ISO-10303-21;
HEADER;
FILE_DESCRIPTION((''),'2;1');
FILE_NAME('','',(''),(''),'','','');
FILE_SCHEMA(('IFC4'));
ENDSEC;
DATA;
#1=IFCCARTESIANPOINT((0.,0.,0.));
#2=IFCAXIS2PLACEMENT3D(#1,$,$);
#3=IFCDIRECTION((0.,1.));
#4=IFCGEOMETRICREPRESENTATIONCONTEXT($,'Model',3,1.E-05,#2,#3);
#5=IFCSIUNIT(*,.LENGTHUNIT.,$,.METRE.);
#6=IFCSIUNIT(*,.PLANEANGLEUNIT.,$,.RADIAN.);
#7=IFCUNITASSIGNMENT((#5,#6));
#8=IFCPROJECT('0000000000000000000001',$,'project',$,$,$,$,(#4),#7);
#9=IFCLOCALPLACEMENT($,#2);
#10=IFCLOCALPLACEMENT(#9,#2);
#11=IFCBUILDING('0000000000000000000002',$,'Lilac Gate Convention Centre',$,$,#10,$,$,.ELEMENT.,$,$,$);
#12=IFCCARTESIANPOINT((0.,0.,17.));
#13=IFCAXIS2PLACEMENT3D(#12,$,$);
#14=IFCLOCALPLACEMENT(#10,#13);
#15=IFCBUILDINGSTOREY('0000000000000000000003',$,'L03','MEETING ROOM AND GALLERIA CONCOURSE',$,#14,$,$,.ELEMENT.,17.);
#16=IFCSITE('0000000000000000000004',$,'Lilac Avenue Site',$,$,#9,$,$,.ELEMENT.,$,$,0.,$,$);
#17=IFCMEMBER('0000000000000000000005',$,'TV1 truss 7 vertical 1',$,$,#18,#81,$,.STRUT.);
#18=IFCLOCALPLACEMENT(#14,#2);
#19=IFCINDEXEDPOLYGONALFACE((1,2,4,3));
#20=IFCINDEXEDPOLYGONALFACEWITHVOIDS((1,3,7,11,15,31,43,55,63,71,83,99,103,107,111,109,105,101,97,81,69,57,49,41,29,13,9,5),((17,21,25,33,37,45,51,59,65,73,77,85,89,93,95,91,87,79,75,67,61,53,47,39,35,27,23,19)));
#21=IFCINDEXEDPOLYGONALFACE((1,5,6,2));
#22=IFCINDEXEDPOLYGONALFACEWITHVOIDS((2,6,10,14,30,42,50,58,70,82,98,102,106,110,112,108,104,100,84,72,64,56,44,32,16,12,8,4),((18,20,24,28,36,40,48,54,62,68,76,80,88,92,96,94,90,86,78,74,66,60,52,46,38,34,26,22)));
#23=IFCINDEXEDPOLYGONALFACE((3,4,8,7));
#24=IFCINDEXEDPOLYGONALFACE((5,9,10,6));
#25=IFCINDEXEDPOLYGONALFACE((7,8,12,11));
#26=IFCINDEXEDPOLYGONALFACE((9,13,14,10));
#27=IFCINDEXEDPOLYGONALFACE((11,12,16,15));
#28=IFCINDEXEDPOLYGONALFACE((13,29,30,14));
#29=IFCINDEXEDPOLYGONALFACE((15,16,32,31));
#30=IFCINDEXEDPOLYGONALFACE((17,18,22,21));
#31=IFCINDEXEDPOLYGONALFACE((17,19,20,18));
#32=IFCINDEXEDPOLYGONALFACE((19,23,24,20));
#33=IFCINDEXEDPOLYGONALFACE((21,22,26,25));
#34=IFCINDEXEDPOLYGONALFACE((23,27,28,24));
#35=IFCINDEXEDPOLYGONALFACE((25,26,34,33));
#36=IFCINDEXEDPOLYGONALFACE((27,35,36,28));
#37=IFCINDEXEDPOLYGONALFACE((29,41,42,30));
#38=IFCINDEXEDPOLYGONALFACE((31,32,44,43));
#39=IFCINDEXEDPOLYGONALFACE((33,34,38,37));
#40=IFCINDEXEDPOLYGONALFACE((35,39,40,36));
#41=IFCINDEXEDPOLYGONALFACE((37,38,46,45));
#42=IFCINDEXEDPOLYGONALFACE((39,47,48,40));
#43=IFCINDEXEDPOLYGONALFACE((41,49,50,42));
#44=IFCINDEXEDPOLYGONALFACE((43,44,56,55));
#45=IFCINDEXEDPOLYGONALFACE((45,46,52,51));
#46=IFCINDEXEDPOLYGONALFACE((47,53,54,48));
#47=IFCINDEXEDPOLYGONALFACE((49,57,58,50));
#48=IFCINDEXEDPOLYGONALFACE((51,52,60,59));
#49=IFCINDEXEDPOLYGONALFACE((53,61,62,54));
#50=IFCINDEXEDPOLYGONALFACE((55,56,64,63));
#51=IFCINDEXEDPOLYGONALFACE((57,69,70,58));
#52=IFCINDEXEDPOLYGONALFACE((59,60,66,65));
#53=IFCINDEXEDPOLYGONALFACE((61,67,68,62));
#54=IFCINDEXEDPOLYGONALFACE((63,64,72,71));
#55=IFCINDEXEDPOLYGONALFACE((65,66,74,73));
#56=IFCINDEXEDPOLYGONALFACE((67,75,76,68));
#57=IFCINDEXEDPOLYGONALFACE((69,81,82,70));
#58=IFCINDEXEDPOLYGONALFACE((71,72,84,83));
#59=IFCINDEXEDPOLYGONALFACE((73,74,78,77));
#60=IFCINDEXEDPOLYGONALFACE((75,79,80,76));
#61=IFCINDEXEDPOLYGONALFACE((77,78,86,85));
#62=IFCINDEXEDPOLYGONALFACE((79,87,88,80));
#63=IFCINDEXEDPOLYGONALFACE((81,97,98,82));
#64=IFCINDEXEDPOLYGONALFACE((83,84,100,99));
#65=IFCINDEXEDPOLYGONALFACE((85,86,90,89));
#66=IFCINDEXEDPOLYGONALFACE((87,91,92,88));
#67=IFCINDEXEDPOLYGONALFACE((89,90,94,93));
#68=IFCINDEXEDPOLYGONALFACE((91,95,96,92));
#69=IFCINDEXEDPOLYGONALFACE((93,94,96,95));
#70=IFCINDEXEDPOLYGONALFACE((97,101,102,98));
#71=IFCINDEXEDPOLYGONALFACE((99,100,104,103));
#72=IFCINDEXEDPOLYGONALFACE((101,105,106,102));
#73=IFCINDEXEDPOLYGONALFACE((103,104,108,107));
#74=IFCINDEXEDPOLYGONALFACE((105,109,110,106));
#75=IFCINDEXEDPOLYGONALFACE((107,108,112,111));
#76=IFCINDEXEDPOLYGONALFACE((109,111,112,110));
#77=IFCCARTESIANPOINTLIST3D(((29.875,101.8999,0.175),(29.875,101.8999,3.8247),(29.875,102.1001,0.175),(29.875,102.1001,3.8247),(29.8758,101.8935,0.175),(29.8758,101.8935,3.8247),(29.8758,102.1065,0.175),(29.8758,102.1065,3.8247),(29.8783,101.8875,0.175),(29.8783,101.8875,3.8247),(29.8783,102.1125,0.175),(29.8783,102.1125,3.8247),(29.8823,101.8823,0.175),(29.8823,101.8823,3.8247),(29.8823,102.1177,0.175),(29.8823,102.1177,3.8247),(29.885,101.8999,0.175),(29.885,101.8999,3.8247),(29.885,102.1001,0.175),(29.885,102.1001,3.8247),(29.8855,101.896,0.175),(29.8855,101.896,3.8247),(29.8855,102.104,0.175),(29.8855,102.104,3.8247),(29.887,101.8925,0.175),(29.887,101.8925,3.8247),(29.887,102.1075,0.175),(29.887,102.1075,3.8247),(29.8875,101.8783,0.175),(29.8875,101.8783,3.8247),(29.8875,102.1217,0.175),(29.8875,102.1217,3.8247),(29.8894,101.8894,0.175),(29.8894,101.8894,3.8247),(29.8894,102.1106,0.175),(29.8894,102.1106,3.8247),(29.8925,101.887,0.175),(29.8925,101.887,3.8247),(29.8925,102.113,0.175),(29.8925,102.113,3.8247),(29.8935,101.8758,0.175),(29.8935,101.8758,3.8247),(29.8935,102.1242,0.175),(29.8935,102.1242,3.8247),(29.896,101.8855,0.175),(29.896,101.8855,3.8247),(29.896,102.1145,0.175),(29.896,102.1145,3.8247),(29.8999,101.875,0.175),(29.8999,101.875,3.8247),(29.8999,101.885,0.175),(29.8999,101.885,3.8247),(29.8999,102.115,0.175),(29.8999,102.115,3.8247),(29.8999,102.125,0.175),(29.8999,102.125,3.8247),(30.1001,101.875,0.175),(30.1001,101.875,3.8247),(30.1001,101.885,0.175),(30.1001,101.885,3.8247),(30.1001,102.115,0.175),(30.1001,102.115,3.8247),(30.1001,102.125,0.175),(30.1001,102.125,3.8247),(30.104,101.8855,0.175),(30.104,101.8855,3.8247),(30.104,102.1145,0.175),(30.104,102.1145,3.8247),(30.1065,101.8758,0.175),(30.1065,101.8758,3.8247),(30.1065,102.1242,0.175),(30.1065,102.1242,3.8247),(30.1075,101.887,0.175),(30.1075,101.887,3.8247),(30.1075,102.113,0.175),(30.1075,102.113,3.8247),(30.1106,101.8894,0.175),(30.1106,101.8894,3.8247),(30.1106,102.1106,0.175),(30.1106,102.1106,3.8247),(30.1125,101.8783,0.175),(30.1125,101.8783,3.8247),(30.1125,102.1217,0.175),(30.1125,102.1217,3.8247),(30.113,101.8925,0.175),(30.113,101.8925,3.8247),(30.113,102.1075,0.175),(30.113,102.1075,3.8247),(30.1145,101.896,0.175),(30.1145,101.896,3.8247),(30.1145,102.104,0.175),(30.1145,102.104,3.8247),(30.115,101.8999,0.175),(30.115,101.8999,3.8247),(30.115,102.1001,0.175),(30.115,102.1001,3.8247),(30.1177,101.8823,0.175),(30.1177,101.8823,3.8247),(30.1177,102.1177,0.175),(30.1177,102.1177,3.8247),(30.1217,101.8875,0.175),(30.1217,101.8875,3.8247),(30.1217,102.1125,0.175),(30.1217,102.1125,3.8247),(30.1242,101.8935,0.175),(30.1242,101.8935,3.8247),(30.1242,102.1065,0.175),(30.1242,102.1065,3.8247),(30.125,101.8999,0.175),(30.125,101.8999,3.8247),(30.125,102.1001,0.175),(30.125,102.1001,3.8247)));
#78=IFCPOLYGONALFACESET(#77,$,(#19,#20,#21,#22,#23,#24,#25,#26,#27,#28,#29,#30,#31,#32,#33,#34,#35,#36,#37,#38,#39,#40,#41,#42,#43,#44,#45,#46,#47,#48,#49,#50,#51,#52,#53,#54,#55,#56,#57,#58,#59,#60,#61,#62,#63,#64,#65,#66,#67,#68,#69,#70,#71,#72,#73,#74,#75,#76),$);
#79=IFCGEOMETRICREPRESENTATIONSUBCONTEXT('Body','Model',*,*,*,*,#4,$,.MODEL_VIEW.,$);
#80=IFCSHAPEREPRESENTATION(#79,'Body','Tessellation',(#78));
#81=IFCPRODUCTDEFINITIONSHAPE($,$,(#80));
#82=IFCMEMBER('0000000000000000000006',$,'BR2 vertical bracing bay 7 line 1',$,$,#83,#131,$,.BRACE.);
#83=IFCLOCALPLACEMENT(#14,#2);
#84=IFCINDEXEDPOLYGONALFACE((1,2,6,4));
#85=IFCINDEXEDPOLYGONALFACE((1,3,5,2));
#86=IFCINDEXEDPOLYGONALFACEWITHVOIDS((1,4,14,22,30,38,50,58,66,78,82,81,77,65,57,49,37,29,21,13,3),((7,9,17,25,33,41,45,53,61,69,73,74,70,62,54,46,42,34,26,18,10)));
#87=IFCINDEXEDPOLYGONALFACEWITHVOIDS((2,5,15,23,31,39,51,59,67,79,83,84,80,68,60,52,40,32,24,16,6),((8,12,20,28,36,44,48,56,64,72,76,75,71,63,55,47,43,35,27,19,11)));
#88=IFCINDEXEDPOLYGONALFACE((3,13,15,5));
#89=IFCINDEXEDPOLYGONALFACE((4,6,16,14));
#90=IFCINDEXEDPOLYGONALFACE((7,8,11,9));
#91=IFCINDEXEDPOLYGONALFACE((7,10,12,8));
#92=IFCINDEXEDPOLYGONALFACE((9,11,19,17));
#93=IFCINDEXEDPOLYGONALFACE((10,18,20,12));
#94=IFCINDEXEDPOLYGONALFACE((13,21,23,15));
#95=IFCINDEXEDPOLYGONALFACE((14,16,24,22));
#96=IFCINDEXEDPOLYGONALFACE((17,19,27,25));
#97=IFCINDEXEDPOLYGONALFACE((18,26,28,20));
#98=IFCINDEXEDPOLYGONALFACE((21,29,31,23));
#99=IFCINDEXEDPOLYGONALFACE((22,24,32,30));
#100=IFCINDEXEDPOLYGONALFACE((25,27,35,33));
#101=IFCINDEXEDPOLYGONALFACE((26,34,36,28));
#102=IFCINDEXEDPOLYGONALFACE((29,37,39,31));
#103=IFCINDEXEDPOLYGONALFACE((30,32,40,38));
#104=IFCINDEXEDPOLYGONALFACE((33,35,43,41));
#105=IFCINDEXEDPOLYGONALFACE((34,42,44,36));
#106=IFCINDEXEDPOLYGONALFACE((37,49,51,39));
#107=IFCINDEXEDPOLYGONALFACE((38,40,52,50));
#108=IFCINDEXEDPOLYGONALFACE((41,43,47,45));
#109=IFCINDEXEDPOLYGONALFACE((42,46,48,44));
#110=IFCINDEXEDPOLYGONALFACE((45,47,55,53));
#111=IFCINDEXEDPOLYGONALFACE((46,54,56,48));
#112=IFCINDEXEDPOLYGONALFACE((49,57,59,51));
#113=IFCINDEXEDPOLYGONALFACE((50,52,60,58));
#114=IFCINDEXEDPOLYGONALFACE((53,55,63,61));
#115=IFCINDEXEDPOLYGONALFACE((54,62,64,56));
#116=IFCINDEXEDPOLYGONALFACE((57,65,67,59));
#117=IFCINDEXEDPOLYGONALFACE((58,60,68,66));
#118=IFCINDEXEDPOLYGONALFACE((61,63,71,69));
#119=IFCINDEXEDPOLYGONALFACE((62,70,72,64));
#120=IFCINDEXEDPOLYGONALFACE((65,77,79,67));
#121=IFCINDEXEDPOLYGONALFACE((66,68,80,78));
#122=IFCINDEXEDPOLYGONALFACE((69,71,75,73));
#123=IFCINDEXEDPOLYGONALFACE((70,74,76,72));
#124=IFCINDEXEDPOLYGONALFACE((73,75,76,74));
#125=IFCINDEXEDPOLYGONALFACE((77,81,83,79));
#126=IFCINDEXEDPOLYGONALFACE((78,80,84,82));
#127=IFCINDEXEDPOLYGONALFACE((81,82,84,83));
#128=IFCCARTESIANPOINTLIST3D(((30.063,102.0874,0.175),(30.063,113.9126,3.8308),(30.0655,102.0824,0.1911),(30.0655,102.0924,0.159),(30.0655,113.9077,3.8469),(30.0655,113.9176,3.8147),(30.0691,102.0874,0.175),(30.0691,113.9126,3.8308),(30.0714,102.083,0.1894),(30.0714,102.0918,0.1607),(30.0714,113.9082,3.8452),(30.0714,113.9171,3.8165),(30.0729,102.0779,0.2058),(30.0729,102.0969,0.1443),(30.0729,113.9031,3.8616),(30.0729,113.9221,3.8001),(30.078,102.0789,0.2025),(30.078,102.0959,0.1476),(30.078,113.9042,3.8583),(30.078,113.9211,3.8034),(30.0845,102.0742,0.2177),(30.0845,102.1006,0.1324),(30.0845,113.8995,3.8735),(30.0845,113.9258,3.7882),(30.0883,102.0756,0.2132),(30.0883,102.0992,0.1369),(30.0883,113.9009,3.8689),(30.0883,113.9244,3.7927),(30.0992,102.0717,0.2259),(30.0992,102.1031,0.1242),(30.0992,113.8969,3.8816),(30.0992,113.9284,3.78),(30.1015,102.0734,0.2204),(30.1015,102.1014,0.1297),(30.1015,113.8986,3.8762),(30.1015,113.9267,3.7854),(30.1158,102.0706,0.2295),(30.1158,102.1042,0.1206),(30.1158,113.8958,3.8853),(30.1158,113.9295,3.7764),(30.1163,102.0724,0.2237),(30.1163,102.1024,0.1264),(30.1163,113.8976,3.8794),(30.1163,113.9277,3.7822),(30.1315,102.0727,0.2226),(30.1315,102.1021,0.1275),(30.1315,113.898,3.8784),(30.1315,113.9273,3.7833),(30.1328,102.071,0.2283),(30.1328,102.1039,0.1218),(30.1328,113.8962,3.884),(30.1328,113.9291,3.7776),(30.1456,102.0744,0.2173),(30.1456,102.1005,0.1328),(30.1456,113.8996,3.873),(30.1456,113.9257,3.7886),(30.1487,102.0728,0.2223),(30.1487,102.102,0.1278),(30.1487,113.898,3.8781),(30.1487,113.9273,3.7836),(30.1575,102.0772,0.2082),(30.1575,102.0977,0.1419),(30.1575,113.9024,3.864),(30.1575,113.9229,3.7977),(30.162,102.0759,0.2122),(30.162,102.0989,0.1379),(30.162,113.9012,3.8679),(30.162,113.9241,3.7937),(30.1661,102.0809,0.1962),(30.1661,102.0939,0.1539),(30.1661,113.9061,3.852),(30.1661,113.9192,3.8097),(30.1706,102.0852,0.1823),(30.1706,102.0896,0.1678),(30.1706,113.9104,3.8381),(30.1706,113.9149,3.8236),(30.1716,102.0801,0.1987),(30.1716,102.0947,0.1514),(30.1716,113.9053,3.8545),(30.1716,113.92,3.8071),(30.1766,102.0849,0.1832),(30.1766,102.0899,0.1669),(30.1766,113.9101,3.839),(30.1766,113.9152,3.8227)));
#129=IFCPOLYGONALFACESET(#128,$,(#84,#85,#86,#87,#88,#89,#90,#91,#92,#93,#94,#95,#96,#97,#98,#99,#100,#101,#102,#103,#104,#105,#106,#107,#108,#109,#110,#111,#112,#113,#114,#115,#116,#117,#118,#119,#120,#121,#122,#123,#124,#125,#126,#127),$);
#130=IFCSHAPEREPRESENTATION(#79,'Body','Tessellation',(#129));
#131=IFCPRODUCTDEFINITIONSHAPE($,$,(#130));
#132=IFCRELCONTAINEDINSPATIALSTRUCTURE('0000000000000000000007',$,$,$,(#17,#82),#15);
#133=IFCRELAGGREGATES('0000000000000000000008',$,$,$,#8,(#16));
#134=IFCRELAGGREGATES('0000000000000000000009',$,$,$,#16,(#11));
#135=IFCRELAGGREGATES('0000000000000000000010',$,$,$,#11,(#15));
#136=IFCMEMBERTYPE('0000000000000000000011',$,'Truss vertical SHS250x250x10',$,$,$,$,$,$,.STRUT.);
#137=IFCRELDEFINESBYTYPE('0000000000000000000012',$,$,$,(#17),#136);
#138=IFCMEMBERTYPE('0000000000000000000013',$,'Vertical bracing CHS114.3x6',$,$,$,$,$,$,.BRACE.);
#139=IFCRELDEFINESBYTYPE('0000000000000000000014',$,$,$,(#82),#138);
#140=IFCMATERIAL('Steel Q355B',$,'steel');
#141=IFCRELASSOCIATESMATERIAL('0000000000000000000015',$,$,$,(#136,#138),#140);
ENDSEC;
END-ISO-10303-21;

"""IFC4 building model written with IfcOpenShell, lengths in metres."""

from ifc_helpers import new_model, si_unit, direction, frame, origin, origin_2d, place, context, subcontext, project, spatial, hollow_rectangle, hollow_circle, extrude, material, material_profile, profile_set, type_object, element, save


model = new_model("IFC4")

# Units and contexts
model_context = context("Model", 3, precision=1e-05, world=origin(), true_north=direction((0.0, 1.0)))
body_context = subcontext(model_context, "Body", "Model", "MODEL_VIEW")
ifc_project = project(units=[si_unit("LENGTHUNIT", "METRE"), si_unit("PLANEANGLEUNIT", "RADIAN")], contexts=[model_context])

# Site, building, storey
site_placement = place(None, origin())
site = spatial("IfcSite", under=ifc_project, at=site_placement, Name="Lilac Avenue Site", CompositionType="ELEMENT", RefElevation=0.0)
building_placement = place(site_placement, origin())
building = spatial("IfcBuilding", under=site, at=building_placement, Name="Lilac Gate Convention Centre", CompositionType="ELEMENT")
storey_placement = place(building_placement, frame((0.0, 0.0, 17.0)))
storey = spatial("IfcBuildingStorey", under=building, at=storey_placement, Name="L03", Description="MEETING ROOM AND GALLERIA CONCOURSE", CompositionType="ELEMENT", Elevation=17.0)

# Members
ifc_material = material(Name="Steel Q355B", Category="steel")
ifc_material_profile_1 = material_profile(ifc_material, hollow_rectangle(XDim=0.25, YDim=0.25, WallThickness=0.01, InnerFilletRadius=0.0149, OuterFilletRadius=0.0249, at=origin_2d()), Name="SHS250x250x10")
ifc_profile_set_1 = profile_set([ifc_material_profile_1], Name="Steel Q355B")
member_type_1 = type_object("IfcMemberType", Name="Truss vertical SHS250x250x10", PredefinedType="STRUT", material=ifc_profile_set_1)
member_1_placement = place(storey_placement, frame((30.0, 102.0, 0.175), z_axis=(0.0, 0.0, 1.0), x_axis=(1.0, 0.0, 0.0)))
element("IfcMember", 1, at=member_1_placement, inside=storey, type_object=member_type_1, Name="TV1 truss 7 vertical 1", PredefinedType="STRUT", context=body_context, shape_type="SweptSolid", body=[
    extrude(hollow_rectangle(XDim=0.25, YDim=0.25, WallThickness=0.01, InnerFilletRadius=0.0149, OuterFilletRadius=0.0249, at=origin_2d()), origin(), (0.0, 0.0, 1.0), 3.6497),
])
ifc_material_profile_2 = material_profile(ifc_material, hollow_circle(Radius=0.0571, WallThickness=0.0061, at=origin_2d()), Name="CHS114.3x6")
ifc_profile_set_2 = profile_set([ifc_material_profile_2], Name="Steel Q355B")
member_type_2 = type_object("IfcMemberType", Name="Vertical bracing CHS114.3x6", PredefinedType="BRACE", material=ifc_profile_set_2)
member_2_placement = place(storey_placement, frame((30.1201, 102.0874, 0.175), z_axis=(0.0, 0.955387, 0.295358), x_axis=(-1.0, 0.0, 0.0)))
element("IfcMember", 2, at=member_2_placement, inside=storey, type_object=member_type_2, Name="BR2 vertical bracing bay 7 line 1", PredefinedType="BRACE", context=body_context, shape_type="SweptSolid", body=[
    extrude(hollow_circle(Radius=0.0571, WallThickness=0.0061, at=origin_2d()), origin(), (0.0, 0.0, 1.0), 12.3774),
])

save(model, "model.ifc")
